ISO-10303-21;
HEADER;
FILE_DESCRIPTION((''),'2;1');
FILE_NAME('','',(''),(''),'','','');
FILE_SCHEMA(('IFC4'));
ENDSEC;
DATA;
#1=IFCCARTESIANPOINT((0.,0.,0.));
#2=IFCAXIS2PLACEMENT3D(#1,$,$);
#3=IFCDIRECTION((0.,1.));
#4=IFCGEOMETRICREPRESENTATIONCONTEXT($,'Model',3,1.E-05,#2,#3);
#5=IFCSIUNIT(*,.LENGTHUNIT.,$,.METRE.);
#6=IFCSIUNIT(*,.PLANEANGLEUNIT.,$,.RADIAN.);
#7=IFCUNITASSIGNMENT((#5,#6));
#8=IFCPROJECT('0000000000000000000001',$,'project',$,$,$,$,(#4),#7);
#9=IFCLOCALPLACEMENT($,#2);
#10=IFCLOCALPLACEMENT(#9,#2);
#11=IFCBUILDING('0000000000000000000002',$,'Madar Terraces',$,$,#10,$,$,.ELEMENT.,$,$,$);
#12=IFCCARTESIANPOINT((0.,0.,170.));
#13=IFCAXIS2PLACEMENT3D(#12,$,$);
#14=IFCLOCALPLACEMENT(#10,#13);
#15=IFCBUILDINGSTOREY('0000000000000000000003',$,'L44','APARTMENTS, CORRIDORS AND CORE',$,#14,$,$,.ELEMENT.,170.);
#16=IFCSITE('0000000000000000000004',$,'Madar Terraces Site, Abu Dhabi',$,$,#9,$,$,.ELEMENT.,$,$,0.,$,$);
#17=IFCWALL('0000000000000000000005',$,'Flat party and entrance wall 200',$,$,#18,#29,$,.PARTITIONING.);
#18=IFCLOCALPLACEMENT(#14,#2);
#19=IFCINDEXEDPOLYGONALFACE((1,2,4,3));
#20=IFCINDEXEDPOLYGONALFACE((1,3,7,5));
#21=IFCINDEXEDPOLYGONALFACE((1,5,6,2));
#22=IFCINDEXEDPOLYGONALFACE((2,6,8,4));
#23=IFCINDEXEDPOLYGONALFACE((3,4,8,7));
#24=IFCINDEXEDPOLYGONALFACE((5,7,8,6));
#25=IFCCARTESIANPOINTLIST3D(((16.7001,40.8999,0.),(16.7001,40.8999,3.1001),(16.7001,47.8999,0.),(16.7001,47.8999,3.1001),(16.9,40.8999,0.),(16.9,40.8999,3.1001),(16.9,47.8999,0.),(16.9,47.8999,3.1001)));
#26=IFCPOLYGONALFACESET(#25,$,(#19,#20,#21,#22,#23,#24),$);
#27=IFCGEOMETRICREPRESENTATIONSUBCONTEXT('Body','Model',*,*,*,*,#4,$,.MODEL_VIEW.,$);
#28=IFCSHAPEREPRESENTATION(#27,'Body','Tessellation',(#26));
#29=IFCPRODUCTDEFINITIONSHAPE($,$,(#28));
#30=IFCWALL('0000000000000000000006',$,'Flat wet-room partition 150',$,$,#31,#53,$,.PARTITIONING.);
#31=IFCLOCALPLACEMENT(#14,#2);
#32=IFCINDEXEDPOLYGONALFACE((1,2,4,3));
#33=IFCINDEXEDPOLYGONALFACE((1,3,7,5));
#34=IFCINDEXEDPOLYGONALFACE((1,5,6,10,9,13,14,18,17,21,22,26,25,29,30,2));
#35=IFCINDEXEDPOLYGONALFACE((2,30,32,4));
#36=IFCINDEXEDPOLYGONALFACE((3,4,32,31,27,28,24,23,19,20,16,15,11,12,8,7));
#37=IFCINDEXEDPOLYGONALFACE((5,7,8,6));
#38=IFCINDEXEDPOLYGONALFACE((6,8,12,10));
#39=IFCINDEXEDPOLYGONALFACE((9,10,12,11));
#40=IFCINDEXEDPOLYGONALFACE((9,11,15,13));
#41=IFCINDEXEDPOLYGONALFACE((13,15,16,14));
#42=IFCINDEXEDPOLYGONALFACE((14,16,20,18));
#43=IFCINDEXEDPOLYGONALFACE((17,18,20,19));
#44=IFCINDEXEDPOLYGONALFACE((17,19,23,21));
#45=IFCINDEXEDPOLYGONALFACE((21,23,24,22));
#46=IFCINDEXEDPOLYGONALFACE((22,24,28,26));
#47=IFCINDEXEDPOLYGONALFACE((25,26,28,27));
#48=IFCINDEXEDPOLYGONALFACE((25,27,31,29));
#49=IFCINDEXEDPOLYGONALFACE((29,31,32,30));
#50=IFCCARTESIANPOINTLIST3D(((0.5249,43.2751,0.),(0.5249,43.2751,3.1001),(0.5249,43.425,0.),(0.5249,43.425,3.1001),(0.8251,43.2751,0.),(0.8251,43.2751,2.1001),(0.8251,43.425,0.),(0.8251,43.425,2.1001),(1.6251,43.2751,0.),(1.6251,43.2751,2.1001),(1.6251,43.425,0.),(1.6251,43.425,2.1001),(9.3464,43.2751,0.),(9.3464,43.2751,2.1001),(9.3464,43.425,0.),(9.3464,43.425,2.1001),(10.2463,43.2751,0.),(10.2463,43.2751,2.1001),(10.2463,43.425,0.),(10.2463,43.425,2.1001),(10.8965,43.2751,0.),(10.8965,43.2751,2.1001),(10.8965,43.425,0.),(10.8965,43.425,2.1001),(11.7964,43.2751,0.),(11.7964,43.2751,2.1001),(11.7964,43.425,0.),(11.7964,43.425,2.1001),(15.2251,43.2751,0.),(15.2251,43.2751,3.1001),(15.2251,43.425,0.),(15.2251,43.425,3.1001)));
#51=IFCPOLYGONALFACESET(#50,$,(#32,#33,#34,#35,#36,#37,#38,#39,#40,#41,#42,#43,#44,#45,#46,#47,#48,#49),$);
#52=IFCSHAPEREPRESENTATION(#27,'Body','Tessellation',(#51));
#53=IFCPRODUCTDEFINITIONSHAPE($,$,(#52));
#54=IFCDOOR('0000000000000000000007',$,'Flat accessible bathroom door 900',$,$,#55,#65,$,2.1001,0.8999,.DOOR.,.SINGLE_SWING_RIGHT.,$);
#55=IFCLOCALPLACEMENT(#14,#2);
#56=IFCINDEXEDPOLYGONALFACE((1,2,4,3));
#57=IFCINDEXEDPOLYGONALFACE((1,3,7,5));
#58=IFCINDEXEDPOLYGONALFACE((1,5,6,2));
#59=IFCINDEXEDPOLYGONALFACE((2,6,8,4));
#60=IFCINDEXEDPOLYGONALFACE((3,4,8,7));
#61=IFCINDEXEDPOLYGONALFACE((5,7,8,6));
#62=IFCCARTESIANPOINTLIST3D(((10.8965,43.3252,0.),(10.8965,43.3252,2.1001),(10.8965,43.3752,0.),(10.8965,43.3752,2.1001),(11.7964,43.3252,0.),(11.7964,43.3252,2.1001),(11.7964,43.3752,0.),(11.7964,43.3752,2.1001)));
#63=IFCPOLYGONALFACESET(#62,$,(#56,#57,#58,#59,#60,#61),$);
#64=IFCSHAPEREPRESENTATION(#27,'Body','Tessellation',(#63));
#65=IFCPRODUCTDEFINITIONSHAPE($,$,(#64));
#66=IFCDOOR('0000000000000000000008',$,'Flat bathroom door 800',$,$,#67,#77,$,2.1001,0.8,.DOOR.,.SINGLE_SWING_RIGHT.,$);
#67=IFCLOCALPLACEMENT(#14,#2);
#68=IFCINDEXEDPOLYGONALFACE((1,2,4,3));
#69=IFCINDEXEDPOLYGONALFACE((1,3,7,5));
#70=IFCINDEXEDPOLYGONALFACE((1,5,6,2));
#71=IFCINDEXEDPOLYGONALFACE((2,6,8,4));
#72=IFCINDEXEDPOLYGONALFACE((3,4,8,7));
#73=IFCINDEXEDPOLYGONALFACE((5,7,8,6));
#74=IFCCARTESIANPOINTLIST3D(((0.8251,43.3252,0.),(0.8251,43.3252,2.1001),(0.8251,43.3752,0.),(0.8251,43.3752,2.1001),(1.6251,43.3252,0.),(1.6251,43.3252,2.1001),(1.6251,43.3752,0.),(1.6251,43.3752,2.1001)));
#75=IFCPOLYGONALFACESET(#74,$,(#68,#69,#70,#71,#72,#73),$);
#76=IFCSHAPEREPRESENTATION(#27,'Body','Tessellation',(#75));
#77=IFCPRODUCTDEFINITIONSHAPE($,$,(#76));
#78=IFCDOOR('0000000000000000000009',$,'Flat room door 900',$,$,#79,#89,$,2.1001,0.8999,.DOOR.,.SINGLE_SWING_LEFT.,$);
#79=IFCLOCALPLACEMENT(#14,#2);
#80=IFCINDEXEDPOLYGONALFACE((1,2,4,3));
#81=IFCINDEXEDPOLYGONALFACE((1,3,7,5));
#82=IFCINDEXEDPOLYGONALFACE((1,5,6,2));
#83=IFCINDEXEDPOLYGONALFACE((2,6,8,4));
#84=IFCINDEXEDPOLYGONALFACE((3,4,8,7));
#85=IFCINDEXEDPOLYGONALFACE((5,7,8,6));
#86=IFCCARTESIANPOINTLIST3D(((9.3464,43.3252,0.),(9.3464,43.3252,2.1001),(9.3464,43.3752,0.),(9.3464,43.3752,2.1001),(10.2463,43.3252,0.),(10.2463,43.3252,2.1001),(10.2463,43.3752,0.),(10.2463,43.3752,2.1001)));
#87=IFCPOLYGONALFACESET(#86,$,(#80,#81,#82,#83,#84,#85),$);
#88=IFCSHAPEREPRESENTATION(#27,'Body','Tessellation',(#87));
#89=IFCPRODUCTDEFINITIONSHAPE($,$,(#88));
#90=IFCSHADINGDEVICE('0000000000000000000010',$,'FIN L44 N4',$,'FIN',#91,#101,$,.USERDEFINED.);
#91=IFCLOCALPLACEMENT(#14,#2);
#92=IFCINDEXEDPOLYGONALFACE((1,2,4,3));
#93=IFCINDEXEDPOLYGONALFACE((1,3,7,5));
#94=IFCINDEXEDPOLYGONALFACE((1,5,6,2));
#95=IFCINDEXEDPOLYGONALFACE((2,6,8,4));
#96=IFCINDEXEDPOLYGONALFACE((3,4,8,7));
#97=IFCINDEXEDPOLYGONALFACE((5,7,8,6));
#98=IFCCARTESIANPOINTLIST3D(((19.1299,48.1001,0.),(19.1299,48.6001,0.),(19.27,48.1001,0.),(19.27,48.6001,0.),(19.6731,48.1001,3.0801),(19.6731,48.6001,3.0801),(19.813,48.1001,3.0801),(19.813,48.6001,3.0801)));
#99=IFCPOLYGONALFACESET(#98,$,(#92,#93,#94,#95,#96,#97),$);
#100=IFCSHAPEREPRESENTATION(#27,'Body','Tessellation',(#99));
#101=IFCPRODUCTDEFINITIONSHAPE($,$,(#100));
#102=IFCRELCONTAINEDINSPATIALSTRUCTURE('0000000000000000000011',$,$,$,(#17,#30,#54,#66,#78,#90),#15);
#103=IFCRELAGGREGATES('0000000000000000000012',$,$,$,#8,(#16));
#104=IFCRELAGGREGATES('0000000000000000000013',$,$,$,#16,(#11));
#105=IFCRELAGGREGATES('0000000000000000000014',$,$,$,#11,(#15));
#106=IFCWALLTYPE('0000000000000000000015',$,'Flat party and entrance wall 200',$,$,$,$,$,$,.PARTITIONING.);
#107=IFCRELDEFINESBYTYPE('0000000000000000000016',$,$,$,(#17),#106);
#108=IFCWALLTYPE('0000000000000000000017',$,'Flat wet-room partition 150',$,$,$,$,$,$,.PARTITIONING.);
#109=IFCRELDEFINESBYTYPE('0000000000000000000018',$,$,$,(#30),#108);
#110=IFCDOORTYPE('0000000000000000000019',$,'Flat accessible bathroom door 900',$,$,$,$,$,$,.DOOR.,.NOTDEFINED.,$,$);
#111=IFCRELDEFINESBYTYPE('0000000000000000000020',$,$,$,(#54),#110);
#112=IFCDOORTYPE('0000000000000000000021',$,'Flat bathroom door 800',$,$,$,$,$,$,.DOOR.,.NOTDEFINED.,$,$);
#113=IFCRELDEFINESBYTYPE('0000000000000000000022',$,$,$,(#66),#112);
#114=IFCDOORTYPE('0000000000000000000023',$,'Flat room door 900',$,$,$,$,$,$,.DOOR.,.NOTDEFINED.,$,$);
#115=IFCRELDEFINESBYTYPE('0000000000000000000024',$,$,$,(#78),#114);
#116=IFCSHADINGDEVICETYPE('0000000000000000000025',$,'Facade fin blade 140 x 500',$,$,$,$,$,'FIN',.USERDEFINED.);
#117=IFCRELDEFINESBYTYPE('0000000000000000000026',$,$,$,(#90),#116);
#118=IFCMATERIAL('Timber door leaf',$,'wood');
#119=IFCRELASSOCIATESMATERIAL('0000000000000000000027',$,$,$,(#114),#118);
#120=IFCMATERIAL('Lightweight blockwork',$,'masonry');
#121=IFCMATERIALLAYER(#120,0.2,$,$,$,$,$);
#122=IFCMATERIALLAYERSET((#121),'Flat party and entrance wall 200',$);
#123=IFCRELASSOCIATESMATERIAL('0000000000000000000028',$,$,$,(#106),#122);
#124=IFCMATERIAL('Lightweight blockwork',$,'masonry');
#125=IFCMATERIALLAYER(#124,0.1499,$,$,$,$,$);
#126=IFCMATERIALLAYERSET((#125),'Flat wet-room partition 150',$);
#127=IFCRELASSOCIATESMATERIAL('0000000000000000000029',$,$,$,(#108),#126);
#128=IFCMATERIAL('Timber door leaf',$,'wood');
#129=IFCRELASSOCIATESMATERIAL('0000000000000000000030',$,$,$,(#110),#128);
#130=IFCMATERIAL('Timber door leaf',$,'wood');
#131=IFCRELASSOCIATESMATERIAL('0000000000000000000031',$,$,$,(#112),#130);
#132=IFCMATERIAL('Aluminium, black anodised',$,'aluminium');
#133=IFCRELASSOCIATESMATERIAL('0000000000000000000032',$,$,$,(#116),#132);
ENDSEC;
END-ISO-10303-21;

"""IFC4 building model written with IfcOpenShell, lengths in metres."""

from ifc_helpers import new_model, si_unit, direction, frame, frame_2d, origin, place, context, subcontext, project, spatial, polyline, rectangle, outline, extrude, material, layer, layer_set, type_object, element, fill, save


model = new_model("IFC4")

# Units and contexts
model_context = context("Model", 3, precision=1e-05, world=origin(), true_north=direction((0.0, 1.0)))
body_context = subcontext(model_context, "Body", "Model", "MODEL_VIEW")
ifc_project = project(units=[si_unit("LENGTHUNIT", "METRE"), si_unit("PLANEANGLEUNIT", "RADIAN")], contexts=[model_context])

# Site, building, storey
site_placement = place(None, origin())
site = spatial("IfcSite", under=ifc_project, at=site_placement, Name="Madar Terraces Site, Abu Dhabi", CompositionType="ELEMENT", RefElevation=0.0)
building_placement = place(site_placement, origin())
building = spatial("IfcBuilding", under=site, at=building_placement, Name="Madar Terraces", CompositionType="ELEMENT")
storey_placement = place(building_placement, frame((0.0, 0.0, 170.0)))
storey = spatial("IfcBuildingStorey", under=building, at=storey_placement, Name="L44", Description="APARTMENTS, CORRIDORS AND CORE", CompositionType="ELEMENT", Elevation=170.0)

# Shared definitions
ifc_material_1 = material(Name="Timber door leaf", Category="wood")
door_type_1 = type_object("IfcDoorType", Name="Flat room door 900", OperationType="NOTDEFINED", PredefinedType="DOOR", material=ifc_material_1)

# Wall
ifc_material_2 = material(Name="Lightweight blockwork", Category="masonry")
ifc_layer_1 = layer(ifc_material_2, 0.2)
ifc_layer_set_1 = layer_set([ifc_layer_1], Name="Flat party and entrance wall 200")
wall_type_1 = type_object("IfcWallType", Name="Flat party and entrance wall 200", PredefinedType="PARTITIONING", material=ifc_layer_set_1)
wall_1_placement = place(storey_placement, frame((16.8, 47.8999, 0.0), z_axis=(0.0, 0.0, 1.0), x_axis=(0.0, -1.0, 0.0)))
element("IfcWall", 1, at=wall_1_placement, inside=storey, type_object=wall_type_1, Name="Flat party and entrance wall 200", PredefinedType="PARTITIONING", context=body_context, shape_type="SweptSolid", body=[
    extrude(rectangle(XDim=7.0, YDim=0.2, at=frame_2d((3.5, 0.0))), origin(), (0.0, 0.0, 1.0), 3.1001),
])

# Wall, openings, doors
ifc_material_3 = material(Name="Lightweight blockwork", Category="masonry")
ifc_layer_2 = layer(ifc_material_3, 0.1499)
ifc_layer_set_2 = layer_set([ifc_layer_2], Name="Flat wet-room partition 150")
wall_type_2 = type_object("IfcWallType", Name="Flat wet-room partition 150", PredefinedType="PARTITIONING", material=ifc_layer_set_2)
wall_2_placement = place(storey_placement, frame((15.2251, 43.3501, 0.0), z_axis=(0.0, 0.0, 1.0), x_axis=(-1.0, 0.0, 0.0)))
wall_2 = element("IfcWall", 2, at=wall_2_placement, inside=storey, type_object=wall_type_2, Name="Flat wet-room partition 150", PredefinedType="PARTITIONING", context=body_context, shape_type="SweptSolid", body=[
    extrude(rectangle(XDim=14.7002, YDim=0.1499, at=frame_2d((7.3501, 0.0))), origin(), (0.0, 0.0, 1.0), 3.1001),
])
opening_1_placement = place(wall_2_placement, frame((3.4287, 0.0, 0.0)))
opening_1 = element("IfcOpeningElement", 3, at=opening_1_placement, cuts=wall_2, PredefinedType="OPENING", context=body_context, shape_type="SweptSolid", body=[
    extrude(rectangle(XDim=0.8999, YDim=2.1001, at=frame_2d((0.45, 1.05))), frame((0.0, 0.085, 0.0), z_axis=(0.0, -1.0, 0.0), x_axis=(1.0, 0.0, 0.0)), (0.0, 0.0, 1.0), 0.1699),
])
opening_2_placement = place(wall_2_placement, frame((4.9788, 0.0, 0.0)))
opening_2 = element("IfcOpeningElement", 4, at=opening_2_placement, cuts=wall_2, PredefinedType="OPENING", context=body_context, shape_type="SweptSolid", body=[
    extrude(rectangle(XDim=0.8999, YDim=2.1001, at=frame_2d((0.45, 1.05))), frame((0.0, 0.085, 0.0), z_axis=(0.0, -1.0, 0.0), x_axis=(1.0, 0.0, 0.0)), (0.0, 0.0, 1.0), 0.1699),
])
opening_3_placement = place(wall_2_placement, frame((13.6001, 0.0, 0.0)))
opening_3 = element("IfcOpeningElement", 5, at=opening_3_placement, cuts=wall_2, PredefinedType="OPENING", context=body_context, shape_type="SweptSolid", body=[
    extrude(rectangle(XDim=0.8, YDim=2.1001, at=frame_2d((0.3999, 1.05))), frame((0.0, 0.085, 0.0), z_axis=(0.0, -1.0, 0.0), x_axis=(1.0, 0.0, 0.0)), (0.0, 0.0, 1.0), 0.1699),
])
ifc_material_4 = material(Name="Timber door leaf", Category="wood")
door_type_2 = type_object("IfcDoorType", Name="Flat accessible bathroom door 900", OperationType="NOTDEFINED", PredefinedType="DOOR", material=ifc_material_4)
door_1_placement = place(opening_1_placement, origin())
door_1 = element("IfcDoor", 6, at=door_1_placement, inside=storey, type_object=door_type_2, Name="Flat accessible bathroom door 900", OperationType="SINGLE_SWING_RIGHT", OverallHeight=2.1001, OverallWidth=0.8999, PredefinedType="DOOR", context=body_context, shape_type="SweptSolid", body=[
    extrude(rectangle(XDim=0.8999, YDim=2.1001, at=frame_2d((0.45, 1.05))), frame((0.0, 0.0249, 0.0), z_axis=(0.0, -1.0, 0.0), x_axis=(1.0, 0.0, 0.0)), (0.0, 0.0, 1.0), 0.05),
])
fill(opening_1, door_1)
ifc_material_5 = material(Name="Timber door leaf", Category="wood")
door_type_3 = type_object("IfcDoorType", Name="Flat bathroom door 800", OperationType="NOTDEFINED", PredefinedType="DOOR", material=ifc_material_5)
door_2_placement = place(opening_3_placement, origin())
door_2 = element("IfcDoor", 7, at=door_2_placement, inside=storey, type_object=door_type_3, Name="Flat bathroom door 800", OperationType="SINGLE_SWING_RIGHT", OverallHeight=2.1001, OverallWidth=0.8, PredefinedType="DOOR", context=body_context, shape_type="SweptSolid", body=[
    extrude(rectangle(XDim=0.8, YDim=2.1001, at=frame_2d((0.3999, 1.05))), frame((0.0, 0.0249, 0.0), z_axis=(0.0, -1.0, 0.0), x_axis=(1.0, 0.0, 0.0)), (0.0, 0.0, 1.0), 0.05),
])
fill(opening_3, door_2)
door_3_placement = place(opening_2_placement, origin())
door_3 = element("IfcDoor", 8, at=door_3_placement, inside=storey, type_object=door_type_1, Name="Flat room door 900", OperationType="SINGLE_SWING_LEFT", OverallHeight=2.1001, OverallWidth=0.8999, PredefinedType="DOOR", context=body_context, shape_type="SweptSolid", body=[
    extrude(rectangle(XDim=0.8999, YDim=2.1001, at=frame_2d((0.45, 1.05))), frame((0.0, 0.0249, 0.0), z_axis=(0.0, -1.0, 0.0), x_axis=(1.0, 0.0, 0.0)), (0.0, 0.0, 1.0), 0.05),
])
fill(opening_2, door_3)

# Shading device
ifc_material_6 = material(Name="Aluminium, black anodised", Category="aluminium")
shading_device_type = type_object("IfcShadingDeviceType", Name="Facade fin blade 140 x 500", ElementType="FIN", PredefinedType="USERDEFINED", material=ifc_material_6)
shading_device_placement = place(storey_placement, frame((19.27, 48.3501, 0.0), z_axis=(0.0, 0.0, 1.0), x_axis=(-1.0, 0.0, 0.0)))
element("IfcShadingDevice", 9, at=shading_device_placement, inside=storey, type_object=shading_device_type, Name="FIN L44 N4", ObjectType="FIN", PredefinedType="USERDEFINED", context=body_context, shape_type="SweptSolid", body=[
    extrude(outline(polyline([(0.0, 0.0), (0.1401, 0.0), (-0.4031, 3.0801), (-0.543, 3.0801), (0.0, 0.0)])), frame((0.0, 0.25, 0.0), z_axis=(0.0, -1.0, 0.0), x_axis=(1.0, 0.0, 0.0)), (0.0, 0.0, 1.0), 0.5),
])

save(model, "model.ifc")
